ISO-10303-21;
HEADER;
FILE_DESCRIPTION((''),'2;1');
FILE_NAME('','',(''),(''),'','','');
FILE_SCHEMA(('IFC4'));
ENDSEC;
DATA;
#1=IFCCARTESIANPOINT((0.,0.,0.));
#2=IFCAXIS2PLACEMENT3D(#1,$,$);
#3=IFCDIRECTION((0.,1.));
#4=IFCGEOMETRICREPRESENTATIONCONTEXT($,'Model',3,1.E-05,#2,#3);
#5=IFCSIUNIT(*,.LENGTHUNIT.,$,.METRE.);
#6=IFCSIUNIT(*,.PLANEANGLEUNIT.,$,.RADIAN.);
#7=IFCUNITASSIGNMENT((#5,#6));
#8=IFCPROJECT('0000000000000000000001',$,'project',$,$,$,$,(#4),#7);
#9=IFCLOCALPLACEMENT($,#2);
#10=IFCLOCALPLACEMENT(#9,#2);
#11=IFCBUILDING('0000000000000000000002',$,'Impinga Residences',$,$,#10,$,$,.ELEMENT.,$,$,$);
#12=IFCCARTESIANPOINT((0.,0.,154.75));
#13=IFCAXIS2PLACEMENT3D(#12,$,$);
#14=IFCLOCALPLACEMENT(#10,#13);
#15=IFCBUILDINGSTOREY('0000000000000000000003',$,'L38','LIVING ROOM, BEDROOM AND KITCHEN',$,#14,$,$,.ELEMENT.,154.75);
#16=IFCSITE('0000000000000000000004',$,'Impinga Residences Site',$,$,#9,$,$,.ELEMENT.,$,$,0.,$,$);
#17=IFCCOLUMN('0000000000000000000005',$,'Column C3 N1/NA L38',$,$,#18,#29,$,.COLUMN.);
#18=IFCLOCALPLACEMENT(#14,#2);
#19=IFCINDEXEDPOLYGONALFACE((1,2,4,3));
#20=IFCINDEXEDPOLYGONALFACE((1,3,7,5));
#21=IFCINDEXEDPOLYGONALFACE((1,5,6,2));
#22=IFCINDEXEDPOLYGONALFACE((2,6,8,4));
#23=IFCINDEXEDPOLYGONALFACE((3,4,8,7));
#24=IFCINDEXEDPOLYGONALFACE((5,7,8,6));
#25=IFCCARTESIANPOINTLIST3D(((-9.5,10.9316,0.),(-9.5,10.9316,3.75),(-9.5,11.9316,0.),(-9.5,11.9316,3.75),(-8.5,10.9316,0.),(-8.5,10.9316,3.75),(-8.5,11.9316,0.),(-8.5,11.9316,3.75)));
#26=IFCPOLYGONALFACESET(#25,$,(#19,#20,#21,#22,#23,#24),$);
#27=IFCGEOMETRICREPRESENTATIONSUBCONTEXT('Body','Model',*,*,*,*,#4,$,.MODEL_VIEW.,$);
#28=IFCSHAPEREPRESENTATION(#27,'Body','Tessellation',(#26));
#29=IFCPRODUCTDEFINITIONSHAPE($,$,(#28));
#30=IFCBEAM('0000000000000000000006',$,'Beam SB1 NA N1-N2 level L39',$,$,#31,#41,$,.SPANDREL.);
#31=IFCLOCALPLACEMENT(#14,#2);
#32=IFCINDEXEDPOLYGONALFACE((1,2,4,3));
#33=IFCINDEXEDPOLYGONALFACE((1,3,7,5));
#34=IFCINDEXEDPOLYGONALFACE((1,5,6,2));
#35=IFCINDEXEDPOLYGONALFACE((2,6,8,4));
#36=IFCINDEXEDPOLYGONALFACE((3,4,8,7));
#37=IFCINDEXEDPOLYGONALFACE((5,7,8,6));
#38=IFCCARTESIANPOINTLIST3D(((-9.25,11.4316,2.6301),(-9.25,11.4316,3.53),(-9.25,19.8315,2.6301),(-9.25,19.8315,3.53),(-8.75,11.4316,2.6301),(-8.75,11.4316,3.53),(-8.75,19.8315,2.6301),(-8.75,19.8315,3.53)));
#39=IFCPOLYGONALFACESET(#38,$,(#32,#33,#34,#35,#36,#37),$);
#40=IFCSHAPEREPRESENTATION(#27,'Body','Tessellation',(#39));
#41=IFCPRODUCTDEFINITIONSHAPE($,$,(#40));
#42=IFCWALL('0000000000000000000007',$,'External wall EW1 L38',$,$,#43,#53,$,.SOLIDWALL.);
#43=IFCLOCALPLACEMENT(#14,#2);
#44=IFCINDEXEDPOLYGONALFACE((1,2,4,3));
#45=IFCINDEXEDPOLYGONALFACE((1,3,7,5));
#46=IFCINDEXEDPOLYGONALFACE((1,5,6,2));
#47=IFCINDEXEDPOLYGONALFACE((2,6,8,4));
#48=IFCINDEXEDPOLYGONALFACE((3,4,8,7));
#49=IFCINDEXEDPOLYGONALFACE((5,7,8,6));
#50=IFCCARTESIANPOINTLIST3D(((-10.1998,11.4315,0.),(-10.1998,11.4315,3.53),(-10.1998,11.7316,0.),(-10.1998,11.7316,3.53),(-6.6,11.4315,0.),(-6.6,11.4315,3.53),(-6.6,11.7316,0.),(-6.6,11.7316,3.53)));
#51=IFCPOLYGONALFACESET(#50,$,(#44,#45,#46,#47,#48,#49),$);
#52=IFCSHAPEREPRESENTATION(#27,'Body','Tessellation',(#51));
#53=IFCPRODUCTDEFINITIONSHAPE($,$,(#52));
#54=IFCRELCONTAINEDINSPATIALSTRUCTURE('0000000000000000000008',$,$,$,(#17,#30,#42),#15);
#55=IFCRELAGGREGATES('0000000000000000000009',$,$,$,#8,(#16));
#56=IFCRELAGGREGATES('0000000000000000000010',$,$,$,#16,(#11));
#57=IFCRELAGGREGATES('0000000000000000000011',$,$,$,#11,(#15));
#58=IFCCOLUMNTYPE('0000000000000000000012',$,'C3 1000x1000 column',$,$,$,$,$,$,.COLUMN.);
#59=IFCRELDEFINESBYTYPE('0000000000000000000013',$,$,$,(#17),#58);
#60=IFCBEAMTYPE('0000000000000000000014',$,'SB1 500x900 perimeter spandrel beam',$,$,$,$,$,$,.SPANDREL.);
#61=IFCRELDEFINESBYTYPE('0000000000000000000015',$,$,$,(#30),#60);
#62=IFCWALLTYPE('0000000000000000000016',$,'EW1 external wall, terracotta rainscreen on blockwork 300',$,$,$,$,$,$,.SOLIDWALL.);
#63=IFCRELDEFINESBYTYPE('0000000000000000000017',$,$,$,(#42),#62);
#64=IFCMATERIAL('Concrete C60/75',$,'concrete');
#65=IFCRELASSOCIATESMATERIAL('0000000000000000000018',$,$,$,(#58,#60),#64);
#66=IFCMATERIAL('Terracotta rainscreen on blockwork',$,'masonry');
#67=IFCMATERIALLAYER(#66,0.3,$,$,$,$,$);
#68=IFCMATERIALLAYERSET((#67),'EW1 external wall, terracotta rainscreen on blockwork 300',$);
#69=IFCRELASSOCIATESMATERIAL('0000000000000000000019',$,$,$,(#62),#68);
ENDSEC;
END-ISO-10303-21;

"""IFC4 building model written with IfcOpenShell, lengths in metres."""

from ifc_helpers import new_model, si_unit, direction, frame, frame_2d, origin, origin_2d, place, context, subcontext, project, spatial, rectangle, extrude, material, layer, layer_set, material_profile, profile_set, type_object, element, save


model = new_model("IFC4")

# Units and contexts
model_context = context("Model", 3, precision=1e-05, world=origin(), true_north=direction((0.0, 1.0)))
body_context = subcontext(model_context, "Body", "Model", "MODEL_VIEW")
ifc_project = project(units=[si_unit("LENGTHUNIT", "METRE"), si_unit("PLANEANGLEUNIT", "RADIAN")], contexts=[model_context])

# Site, building, storey
site_placement = place(None, origin())
site = spatial("IfcSite", under=ifc_project, at=site_placement, Name="Impinga Residences Site", CompositionType="ELEMENT", RefElevation=0.0)
building_placement = place(site_placement, origin())
building = spatial("IfcBuilding", under=site, at=building_placement, Name="Impinga Residences", CompositionType="ELEMENT")
storey_placement = place(building_placement, frame((0.0, 0.0, 154.75)))
storey = spatial("IfcBuildingStorey", under=building, at=storey_placement, Name="L38", Description="LIVING ROOM, BEDROOM AND KITCHEN", CompositionType="ELEMENT", Elevation=154.75)

# Column
ifc_material_1 = material(Name="Concrete C60/75", Category="concrete")
ifc_material_profile_1 = material_profile(ifc_material_1, rectangle(XDim=1.0, YDim=1.0, at=origin_2d()), Name="RC 1000x1000")
ifc_profile_set_1 = profile_set([ifc_material_profile_1], Name="Concrete C60/75")
column_type = type_object("IfcColumnType", Name="C3 1000x1000 column", PredefinedType="COLUMN", material=ifc_profile_set_1)
column_placement = place(storey_placement, frame((-9.0, 11.4316, 0.0), z_axis=(0.0, 0.0, 1.0), x_axis=(1.0, 0.0, 0.0)))
element("IfcColumn", 1, at=column_placement, inside=storey, type_object=column_type, Name="Column C3 N1/NA L38", PredefinedType="COLUMN", context=body_context, shape_type="SweptSolid", body=[
    extrude(rectangle(XDim=1.0, YDim=1.0, at=origin_2d()), origin(), (0.0, 0.0, 1.0), 3.75),
])

# Beam
ifc_material_profile_2 = material_profile(ifc_material_1, rectangle(XDim=0.5, YDim=0.8999, at=origin_2d()), Name="RC 500x900")
ifc_profile_set_2 = profile_set([ifc_material_profile_2], Name="Concrete C60/75")
beam_type = type_object("IfcBeamType", Name="SB1 500x900 perimeter spandrel beam", PredefinedType="SPANDREL", material=ifc_profile_set_2)
beam_placement = place(storey_placement, frame((-9.0, 11.4316, 3.0801), z_axis=(0.0, 1.0, 0.0), x_axis=(-1.0, 0.0, 0.0)))
element("IfcBeam", 2, at=beam_placement, inside=storey, type_object=beam_type, Name="Beam SB1 NA N1-N2 level L39", PredefinedType="SPANDREL", context=body_context, shape_type="SweptSolid", body=[
    extrude(rectangle(XDim=0.5, YDim=0.8999, at=origin_2d()), origin(), (0.0, 0.0, 1.0), 8.3999),
])

# Wall
ifc_material_2 = material(Name="Terracotta rainscreen on blockwork", Category="masonry")
ifc_layer_1 = layer(ifc_material_2, 0.3)
ifc_layer_set_1 = layer_set([ifc_layer_1], Name="EW1 external wall, terracotta rainscreen on blockwork 300")
wall_type_1 = type_object("IfcWallType", Name="EW1 external wall, terracotta rainscreen on blockwork 300", PredefinedType="SOLIDWALL", material=ifc_layer_set_1)
wall_1_placement = place(storey_placement, frame((-6.6001, 11.5815, 0.0), z_axis=(0.0, 0.0, 1.0), x_axis=(-1.0, 0.0, 0.0)))
element("IfcWall", 3, at=wall_1_placement, inside=storey, type_object=wall_type_1, Name="External wall EW1 L38", PredefinedType="SOLIDWALL", context=body_context, shape_type="SweptSolid", body=[
    extrude(rectangle(XDim=3.5999, YDim=0.3, at=frame_2d((1.7998, 0.0))), origin(), (0.0, 0.0, 1.0), 3.53),
])

save(model, "model.ifc")
